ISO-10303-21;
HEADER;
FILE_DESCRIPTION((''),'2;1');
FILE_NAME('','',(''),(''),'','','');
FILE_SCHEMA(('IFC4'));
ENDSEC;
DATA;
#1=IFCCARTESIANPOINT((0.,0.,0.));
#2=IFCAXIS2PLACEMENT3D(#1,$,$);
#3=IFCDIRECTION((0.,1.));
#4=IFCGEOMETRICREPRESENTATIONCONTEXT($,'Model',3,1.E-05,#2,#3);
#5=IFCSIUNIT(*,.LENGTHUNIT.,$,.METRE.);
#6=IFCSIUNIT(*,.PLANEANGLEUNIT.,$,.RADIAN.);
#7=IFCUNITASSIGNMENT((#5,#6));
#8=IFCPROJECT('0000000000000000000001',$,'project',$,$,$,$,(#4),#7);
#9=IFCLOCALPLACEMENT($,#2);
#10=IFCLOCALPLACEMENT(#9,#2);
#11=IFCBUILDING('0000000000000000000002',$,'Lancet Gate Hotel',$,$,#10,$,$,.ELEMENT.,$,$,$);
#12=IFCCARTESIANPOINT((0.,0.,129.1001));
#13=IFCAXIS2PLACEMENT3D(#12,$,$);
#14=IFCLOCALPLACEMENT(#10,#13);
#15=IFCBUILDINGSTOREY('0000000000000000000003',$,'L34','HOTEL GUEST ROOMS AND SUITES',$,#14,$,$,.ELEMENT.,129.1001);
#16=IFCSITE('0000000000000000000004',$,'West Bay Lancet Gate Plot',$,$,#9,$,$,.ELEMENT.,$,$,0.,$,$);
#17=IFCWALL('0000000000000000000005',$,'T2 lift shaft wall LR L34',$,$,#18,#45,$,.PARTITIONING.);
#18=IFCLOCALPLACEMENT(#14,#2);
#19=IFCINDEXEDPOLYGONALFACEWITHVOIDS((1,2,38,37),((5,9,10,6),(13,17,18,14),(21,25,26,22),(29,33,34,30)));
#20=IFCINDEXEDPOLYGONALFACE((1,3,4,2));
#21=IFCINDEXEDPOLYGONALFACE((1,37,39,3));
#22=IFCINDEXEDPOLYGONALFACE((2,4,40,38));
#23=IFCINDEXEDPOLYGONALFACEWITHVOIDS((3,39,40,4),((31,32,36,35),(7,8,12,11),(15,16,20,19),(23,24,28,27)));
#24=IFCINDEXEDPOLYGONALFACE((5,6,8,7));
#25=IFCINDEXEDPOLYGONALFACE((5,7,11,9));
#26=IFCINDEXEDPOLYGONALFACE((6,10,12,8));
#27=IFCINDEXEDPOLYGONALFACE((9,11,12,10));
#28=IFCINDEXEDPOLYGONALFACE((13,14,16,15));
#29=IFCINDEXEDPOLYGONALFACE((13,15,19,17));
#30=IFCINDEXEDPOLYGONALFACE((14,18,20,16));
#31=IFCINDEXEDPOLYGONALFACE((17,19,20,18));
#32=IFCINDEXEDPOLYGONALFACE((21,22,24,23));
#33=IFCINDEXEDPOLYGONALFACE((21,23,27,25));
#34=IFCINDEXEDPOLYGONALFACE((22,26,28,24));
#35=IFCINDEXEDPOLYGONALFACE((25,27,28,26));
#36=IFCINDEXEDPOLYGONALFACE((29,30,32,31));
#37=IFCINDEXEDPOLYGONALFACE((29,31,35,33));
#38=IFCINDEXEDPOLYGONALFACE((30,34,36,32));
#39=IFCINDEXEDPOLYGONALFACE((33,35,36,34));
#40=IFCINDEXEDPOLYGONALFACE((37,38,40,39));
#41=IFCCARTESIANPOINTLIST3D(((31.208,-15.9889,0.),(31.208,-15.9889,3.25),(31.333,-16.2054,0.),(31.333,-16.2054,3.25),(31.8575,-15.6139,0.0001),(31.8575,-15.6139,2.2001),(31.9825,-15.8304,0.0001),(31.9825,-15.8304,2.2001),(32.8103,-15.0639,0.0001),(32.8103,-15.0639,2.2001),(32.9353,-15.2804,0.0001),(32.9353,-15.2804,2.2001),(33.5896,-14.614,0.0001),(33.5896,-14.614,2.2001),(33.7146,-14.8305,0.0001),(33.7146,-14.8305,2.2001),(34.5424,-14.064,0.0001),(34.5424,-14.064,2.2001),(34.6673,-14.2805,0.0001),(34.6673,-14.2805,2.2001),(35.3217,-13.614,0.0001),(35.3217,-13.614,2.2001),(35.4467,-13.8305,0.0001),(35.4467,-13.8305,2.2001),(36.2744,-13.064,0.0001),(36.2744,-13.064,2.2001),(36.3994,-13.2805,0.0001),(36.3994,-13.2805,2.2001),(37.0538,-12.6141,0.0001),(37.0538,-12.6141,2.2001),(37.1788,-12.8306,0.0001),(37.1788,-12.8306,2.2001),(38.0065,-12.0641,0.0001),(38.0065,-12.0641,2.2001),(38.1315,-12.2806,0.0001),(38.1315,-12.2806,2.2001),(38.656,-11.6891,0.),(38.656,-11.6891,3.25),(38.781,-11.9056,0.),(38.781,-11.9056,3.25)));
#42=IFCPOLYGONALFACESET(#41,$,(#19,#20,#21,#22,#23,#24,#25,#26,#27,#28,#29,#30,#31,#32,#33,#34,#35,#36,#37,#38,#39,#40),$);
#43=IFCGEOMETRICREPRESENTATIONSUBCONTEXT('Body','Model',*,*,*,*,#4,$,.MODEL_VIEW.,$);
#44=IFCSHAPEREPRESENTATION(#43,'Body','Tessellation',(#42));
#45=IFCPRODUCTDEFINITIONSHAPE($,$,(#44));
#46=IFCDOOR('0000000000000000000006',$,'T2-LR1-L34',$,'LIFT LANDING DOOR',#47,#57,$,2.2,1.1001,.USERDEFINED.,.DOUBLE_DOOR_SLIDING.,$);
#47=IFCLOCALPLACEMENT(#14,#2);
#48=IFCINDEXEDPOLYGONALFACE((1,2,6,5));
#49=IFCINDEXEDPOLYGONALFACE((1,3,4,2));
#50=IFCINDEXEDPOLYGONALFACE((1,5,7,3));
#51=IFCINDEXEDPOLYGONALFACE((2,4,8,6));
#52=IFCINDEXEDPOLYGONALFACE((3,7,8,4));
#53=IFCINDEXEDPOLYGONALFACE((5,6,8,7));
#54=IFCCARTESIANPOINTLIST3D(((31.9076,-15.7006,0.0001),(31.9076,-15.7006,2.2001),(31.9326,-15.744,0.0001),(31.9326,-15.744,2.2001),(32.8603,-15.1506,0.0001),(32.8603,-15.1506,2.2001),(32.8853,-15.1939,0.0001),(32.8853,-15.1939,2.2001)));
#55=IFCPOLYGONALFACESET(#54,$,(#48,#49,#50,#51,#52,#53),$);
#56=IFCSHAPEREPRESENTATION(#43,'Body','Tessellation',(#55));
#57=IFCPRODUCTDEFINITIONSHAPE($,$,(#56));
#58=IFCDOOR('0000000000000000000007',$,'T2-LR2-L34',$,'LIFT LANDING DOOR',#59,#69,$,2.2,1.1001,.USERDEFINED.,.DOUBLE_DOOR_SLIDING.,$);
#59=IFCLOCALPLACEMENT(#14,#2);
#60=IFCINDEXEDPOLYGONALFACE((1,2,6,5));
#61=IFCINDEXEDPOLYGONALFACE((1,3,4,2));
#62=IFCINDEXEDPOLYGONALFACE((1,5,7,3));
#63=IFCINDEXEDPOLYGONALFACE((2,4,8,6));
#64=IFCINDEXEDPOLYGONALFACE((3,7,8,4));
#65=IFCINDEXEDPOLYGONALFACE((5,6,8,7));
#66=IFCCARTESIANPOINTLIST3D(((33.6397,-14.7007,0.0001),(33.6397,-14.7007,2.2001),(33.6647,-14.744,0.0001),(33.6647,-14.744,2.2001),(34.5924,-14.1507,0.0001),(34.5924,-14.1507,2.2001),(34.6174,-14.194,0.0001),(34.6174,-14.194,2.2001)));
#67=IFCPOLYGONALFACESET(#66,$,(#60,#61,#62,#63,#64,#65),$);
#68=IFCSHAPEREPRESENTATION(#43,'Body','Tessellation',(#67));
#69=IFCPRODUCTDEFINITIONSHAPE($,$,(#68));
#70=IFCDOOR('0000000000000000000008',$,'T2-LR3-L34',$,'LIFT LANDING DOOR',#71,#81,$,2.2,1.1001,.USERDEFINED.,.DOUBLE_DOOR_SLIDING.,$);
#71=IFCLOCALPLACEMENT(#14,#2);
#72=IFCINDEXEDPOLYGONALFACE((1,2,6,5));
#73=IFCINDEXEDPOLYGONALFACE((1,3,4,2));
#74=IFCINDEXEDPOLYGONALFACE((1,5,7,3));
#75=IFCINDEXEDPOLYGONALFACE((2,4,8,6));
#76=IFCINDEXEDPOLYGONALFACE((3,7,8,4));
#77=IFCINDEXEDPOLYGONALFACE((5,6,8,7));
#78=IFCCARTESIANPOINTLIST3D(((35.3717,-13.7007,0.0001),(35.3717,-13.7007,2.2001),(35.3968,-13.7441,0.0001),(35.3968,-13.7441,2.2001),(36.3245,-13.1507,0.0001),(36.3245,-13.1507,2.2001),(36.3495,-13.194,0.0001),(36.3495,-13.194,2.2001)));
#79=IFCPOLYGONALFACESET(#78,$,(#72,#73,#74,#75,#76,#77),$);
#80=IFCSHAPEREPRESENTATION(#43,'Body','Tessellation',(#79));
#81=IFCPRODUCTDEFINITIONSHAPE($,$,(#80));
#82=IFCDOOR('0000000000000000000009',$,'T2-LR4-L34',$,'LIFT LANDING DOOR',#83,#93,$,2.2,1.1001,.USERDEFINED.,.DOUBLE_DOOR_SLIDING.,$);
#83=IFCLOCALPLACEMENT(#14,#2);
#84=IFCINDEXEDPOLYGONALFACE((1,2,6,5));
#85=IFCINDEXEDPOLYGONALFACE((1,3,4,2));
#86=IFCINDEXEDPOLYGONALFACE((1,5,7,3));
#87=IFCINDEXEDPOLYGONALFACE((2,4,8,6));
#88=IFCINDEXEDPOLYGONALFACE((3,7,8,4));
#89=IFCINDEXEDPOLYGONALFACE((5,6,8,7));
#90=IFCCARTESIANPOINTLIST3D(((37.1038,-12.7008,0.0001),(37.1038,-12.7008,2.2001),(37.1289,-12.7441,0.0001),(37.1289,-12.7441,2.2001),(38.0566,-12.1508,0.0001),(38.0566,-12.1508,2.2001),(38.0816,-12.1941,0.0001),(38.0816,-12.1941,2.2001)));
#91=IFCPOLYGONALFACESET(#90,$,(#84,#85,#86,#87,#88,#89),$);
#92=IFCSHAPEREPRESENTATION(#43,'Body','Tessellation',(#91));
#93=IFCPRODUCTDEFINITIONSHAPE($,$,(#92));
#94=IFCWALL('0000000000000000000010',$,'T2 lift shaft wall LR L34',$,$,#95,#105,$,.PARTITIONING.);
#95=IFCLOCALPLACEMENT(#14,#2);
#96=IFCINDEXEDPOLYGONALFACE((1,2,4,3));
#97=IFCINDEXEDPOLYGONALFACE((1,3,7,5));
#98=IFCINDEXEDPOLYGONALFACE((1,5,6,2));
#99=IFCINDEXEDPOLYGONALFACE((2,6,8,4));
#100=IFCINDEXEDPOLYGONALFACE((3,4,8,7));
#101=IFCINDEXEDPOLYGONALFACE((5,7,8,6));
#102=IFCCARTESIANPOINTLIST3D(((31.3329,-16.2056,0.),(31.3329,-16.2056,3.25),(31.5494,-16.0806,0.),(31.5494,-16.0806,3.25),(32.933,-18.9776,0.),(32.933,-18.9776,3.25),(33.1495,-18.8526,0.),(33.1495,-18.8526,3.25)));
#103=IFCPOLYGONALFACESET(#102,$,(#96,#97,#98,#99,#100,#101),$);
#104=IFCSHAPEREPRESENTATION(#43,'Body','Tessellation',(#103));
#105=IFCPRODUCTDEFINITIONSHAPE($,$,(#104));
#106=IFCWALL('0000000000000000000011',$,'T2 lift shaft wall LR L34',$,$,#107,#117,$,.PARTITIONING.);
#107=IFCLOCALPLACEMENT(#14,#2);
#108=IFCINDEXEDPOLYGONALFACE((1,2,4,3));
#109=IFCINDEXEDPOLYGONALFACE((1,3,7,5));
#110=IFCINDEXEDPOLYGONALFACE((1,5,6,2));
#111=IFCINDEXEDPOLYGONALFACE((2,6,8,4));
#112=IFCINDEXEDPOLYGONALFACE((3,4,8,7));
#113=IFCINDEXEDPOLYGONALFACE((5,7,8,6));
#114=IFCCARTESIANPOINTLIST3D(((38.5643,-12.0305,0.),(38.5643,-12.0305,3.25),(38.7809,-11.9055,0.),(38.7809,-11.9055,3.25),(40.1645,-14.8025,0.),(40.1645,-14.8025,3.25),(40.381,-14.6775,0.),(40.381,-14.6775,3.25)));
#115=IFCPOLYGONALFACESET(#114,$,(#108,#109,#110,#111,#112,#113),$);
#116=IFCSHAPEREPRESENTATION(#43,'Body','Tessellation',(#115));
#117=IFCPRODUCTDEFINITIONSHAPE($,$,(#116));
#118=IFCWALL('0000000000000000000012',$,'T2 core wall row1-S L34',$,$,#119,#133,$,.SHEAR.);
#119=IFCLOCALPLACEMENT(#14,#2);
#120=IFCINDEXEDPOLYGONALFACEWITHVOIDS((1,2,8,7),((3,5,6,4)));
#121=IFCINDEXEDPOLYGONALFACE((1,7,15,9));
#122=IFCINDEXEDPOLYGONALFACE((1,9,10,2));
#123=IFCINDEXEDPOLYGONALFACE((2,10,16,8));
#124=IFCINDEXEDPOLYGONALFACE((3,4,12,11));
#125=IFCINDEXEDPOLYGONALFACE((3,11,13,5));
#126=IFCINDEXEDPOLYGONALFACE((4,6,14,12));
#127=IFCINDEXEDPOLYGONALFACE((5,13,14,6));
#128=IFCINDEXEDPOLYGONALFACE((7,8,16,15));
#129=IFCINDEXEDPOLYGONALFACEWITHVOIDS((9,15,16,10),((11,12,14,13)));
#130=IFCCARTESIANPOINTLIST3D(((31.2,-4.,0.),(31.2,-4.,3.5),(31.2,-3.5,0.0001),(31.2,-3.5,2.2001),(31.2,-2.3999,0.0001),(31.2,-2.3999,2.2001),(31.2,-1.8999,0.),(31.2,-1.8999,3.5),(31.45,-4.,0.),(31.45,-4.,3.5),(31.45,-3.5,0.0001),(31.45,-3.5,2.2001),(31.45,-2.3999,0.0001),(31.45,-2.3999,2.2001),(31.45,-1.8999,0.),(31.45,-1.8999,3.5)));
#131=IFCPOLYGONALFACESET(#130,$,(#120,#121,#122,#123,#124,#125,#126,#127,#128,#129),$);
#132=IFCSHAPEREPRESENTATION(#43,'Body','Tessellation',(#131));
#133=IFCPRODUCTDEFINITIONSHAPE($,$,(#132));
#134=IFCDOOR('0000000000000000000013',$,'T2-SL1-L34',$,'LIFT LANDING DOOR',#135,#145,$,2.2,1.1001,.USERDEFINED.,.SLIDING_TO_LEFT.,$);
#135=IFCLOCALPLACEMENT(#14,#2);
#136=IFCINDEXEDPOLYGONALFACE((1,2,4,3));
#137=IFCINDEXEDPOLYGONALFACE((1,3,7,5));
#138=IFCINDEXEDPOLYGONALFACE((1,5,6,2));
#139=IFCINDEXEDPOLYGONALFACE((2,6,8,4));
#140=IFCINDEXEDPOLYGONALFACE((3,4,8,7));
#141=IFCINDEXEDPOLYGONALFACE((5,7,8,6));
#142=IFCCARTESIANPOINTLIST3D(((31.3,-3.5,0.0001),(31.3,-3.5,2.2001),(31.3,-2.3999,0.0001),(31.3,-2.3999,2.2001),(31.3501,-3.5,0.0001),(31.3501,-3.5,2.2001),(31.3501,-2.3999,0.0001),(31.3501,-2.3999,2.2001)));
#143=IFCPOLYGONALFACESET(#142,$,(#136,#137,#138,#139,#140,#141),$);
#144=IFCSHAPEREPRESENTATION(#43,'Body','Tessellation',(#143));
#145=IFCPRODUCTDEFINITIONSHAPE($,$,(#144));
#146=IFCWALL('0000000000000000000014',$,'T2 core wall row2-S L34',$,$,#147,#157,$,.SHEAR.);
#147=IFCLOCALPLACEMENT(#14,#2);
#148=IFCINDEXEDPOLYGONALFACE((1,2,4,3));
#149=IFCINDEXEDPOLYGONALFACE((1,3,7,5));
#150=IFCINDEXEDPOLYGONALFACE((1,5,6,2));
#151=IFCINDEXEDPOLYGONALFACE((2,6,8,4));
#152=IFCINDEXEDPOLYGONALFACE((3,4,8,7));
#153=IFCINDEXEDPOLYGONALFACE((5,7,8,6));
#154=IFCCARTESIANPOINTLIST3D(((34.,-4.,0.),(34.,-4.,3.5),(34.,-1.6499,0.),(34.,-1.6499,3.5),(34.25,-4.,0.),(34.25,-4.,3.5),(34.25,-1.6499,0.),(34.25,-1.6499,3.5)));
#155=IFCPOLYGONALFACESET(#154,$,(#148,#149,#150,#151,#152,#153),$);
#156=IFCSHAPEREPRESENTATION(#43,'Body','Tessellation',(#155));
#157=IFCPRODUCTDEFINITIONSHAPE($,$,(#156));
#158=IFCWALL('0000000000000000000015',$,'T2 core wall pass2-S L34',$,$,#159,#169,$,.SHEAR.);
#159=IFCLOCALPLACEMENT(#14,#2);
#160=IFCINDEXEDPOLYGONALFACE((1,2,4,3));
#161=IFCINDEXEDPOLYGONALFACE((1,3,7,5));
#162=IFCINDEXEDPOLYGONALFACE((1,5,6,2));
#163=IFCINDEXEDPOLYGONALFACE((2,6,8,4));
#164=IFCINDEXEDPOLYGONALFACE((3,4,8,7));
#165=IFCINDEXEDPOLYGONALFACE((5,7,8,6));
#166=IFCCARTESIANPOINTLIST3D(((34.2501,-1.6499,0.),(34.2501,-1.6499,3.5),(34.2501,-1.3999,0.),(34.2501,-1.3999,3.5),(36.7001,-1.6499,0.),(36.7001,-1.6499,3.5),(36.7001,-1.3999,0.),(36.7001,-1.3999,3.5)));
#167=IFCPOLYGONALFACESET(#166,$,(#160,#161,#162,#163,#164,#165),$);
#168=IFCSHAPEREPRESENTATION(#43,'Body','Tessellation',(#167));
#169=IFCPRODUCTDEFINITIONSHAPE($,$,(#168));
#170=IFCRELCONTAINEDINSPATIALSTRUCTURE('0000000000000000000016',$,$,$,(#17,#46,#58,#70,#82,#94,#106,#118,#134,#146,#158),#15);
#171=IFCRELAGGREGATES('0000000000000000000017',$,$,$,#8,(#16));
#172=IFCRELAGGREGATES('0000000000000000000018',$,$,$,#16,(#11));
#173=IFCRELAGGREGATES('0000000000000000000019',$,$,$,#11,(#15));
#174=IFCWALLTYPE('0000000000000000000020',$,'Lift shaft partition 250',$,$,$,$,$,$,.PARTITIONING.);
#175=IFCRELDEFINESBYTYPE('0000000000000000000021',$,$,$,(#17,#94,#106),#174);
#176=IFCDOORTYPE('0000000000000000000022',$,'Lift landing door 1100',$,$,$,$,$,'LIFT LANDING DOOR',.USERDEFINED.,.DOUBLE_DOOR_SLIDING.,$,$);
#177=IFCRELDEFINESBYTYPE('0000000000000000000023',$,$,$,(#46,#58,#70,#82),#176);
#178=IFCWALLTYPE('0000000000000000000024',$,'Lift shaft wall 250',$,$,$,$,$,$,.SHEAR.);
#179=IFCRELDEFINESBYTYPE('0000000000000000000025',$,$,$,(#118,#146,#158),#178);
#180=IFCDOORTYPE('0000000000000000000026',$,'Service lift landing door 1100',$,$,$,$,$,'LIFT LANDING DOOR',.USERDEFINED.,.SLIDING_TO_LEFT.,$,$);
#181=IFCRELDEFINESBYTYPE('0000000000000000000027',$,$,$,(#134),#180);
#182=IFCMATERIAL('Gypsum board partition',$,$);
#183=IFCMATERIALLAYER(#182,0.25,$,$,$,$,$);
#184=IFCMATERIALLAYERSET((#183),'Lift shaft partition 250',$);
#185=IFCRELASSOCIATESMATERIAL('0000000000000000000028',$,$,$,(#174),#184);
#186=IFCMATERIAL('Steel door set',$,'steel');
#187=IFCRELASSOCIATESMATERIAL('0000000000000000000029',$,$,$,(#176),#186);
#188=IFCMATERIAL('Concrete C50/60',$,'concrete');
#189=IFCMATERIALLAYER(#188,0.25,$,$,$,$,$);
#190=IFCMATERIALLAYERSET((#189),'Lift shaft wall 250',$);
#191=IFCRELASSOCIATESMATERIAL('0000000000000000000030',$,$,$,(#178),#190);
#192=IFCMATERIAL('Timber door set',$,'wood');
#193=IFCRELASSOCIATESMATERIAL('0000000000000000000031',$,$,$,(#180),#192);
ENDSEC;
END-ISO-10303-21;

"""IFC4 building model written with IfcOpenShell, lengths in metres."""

from ifc_helpers import new_model, si_unit, direction, frame, frame_2d, origin, place, context, subcontext, project, spatial, rectangle, extrude, material, layer, layer_set, type_object, element, fill, save


model = new_model("IFC4")

# Units and contexts
model_context = context("Model", 3, precision=1e-05, world=origin(), true_north=direction((0.0, 1.0)))
body_context = subcontext(model_context, "Body", "Model", "MODEL_VIEW")
ifc_project = project(units=[si_unit("LENGTHUNIT", "METRE"), si_unit("PLANEANGLEUNIT", "RADIAN")], contexts=[model_context])

# Site, building, storey
site_placement = place(None, origin())
site = spatial("IfcSite", under=ifc_project, at=site_placement, Name="West Bay Lancet Gate Plot", CompositionType="ELEMENT", RefElevation=0.0)
building_placement = place(site_placement, origin())
building = spatial("IfcBuilding", under=site, at=building_placement, Name="Lancet Gate Hotel", CompositionType="ELEMENT")
storey_placement = place(building_placement, frame((0.0, 0.0, 129.1001)))
storey = spatial("IfcBuildingStorey", under=building, at=storey_placement, Name="L34", Description="HOTEL GUEST ROOMS AND SUITES", CompositionType="ELEMENT", Elevation=129.1001)

# Wall, openings, doors
ifc_material_1 = material(Name="Gypsum board partition")
ifc_layer_1 = layer(ifc_material_1, 0.25)
ifc_layer_set_1 = layer_set([ifc_layer_1], Name="Lift shaft partition 250")
wall_type_1 = type_object("IfcWallType", Name="Lift shaft partition 250", PredefinedType="PARTITIONING", material=ifc_layer_set_1)
wall_1_placement = place(storey_placement, frame((31.2705, -16.0972, 0.0), z_axis=(0.0, 0.0, 1.0), x_axis=(0.86604, 0.499974, 0.0)))
wall_1 = element("IfcWall", 1, at=wall_1_placement, inside=storey, type_object=wall_type_1, Name="T2 lift shaft wall LR L34", PredefinedType="PARTITIONING", context=body_context, shape_type="SweptSolid", body=[
    extrude(rectangle(XDim=8.6001, YDim=0.25, at=frame_2d((4.3, 0.0))), origin(), (0.0, 0.0, 1.0), 3.25),
])
opening_1_placement = place(wall_1_placement, frame((0.75, 0.0, 0.0)))
opening_1 = element("IfcOpeningElement", 2, at=opening_1_placement, cuts=wall_1, PredefinedType="OPENING", context=body_context, shape_type="SweptSolid", body=[
    extrude(rectangle(XDim=1.1001, YDim=2.2, at=frame_2d((0.55, 1.1001))), frame((0.0, 0.135, 0.0), z_axis=(0.0, -1.0, 0.0), x_axis=(1.0, 0.0, 0.0)), (0.0, 0.0, 1.0), 0.27),
])
opening_2_placement = place(wall_1_placement, frame((2.75, 0.0, 0.0)))
opening_2 = element("IfcOpeningElement", 3, at=opening_2_placement, cuts=wall_1, PredefinedType="OPENING", context=body_context, shape_type="SweptSolid", body=[
    extrude(rectangle(XDim=1.1001, YDim=2.2, at=frame_2d((0.55, 1.1001))), frame((0.0, 0.135, 0.0), z_axis=(0.0, -1.0, 0.0), x_axis=(1.0, 0.0, 0.0)), (0.0, 0.0, 1.0), 0.27),
])
opening_3_placement = place(wall_1_placement, frame((4.75, 0.0, 0.0)))
opening_3 = element("IfcOpeningElement", 4, at=opening_3_placement, cuts=wall_1, PredefinedType="OPENING", context=body_context, shape_type="SweptSolid", body=[
    extrude(rectangle(XDim=1.1001, YDim=2.2, at=frame_2d((0.55, 1.1001))), frame((0.0, 0.135, 0.0), z_axis=(0.0, -1.0, 0.0), x_axis=(1.0, 0.0, 0.0)), (0.0, 0.0, 1.0), 0.27),
])
opening_4_placement = place(wall_1_placement, frame((6.75, 0.0, 0.0)))
opening_4 = element("IfcOpeningElement", 5, at=opening_4_placement, cuts=wall_1, PredefinedType="OPENING", context=body_context, shape_type="SweptSolid", body=[
    extrude(rectangle(XDim=1.1001, YDim=2.2, at=frame_2d((0.55, 1.1001))), frame((0.0, 0.135, 0.0), z_axis=(0.0, -1.0, 0.0), x_axis=(1.0, 0.0, 0.0)), (0.0, 0.0, 1.0), 0.27),
])
ifc_material_2 = material(Name="Steel door set", Category="steel")
door_type_1 = type_object("IfcDoorType", Name="Lift landing door 1100", ElementType="LIFT LANDING DOOR", OperationType="DOUBLE_DOOR_SLIDING", PredefinedType="USERDEFINED", material=ifc_material_2)
door_1_placement = place(opening_1_placement, origin())
door_1 = element("IfcDoor", 6, at=door_1_placement, inside=storey, type_object=door_type_1, Name="T2-LR1-L34", ObjectType="LIFT LANDING DOOR", OperationType="DOUBLE_DOOR_SLIDING", OverallHeight=2.2, OverallWidth=1.1001, PredefinedType="USERDEFINED", context=body_context, shape_type="SweptSolid", body=[
    extrude(rectangle(XDim=1.1001, YDim=2.2, at=frame_2d((0.55, 1.1001))), frame((0.0, 0.0249, 0.0), z_axis=(0.0, -1.0, 0.0), x_axis=(1.0, 0.0, 0.0)), (0.0, 0.0, 1.0), 0.05),
])
fill(opening_1, door_1)
door_2_placement = place(opening_2_placement, origin())
door_2 = element("IfcDoor", 7, at=door_2_placement, inside=storey, type_object=door_type_1, Name="T2-LR2-L34", ObjectType="LIFT LANDING DOOR", OperationType="DOUBLE_DOOR_SLIDING", OverallHeight=2.2, OverallWidth=1.1001, PredefinedType="USERDEFINED", context=body_context, shape_type="SweptSolid", body=[
    extrude(rectangle(XDim=1.1001, YDim=2.2, at=frame_2d((0.55, 1.1001))), frame((0.0, 0.0249, 0.0), z_axis=(0.0, -1.0, 0.0), x_axis=(1.0, 0.0, 0.0)), (0.0, 0.0, 1.0), 0.05),
])
fill(opening_2, door_2)
door_3_placement = place(opening_3_placement, origin())
door_3 = element("IfcDoor", 8, at=door_3_placement, inside=storey, type_object=door_type_1, Name="T2-LR3-L34", ObjectType="LIFT LANDING DOOR", OperationType="DOUBLE_DOOR_SLIDING", OverallHeight=2.2, OverallWidth=1.1001, PredefinedType="USERDEFINED", context=body_context, shape_type="SweptSolid", body=[
    extrude(rectangle(XDim=1.1001, YDim=2.2, at=frame_2d((0.55, 1.1001))), frame((0.0, 0.0249, 0.0), z_axis=(0.0, -1.0, 0.0), x_axis=(1.0, 0.0, 0.0)), (0.0, 0.0, 1.0), 0.05),
])
fill(opening_3, door_3)
door_4_placement = place(opening_4_placement, origin())
door_4 = element("IfcDoor", 9, at=door_4_placement, inside=storey, type_object=door_type_1, Name="T2-LR4-L34", ObjectType="LIFT LANDING DOOR", OperationType="DOUBLE_DOOR_SLIDING", OverallHeight=2.2, OverallWidth=1.1001, PredefinedType="USERDEFINED", context=body_context, shape_type="SweptSolid", body=[
    extrude(rectangle(XDim=1.1001, YDim=2.2, at=frame_2d((0.55, 1.1001))), frame((0.0, 0.0249, 0.0), z_axis=(0.0, -1.0, 0.0), x_axis=(1.0, 0.0, 0.0)), (0.0, 0.0, 1.0), 0.05),
])
fill(opening_4, door_4)

# Walls
for number, where, z_axis, x_axis, name in (
    (10, (31.4412, -16.1431, 0.0), (0.0, 0.0, 1.0), (0.499929, -0.866066, 0.0), "T2 lift shaft wall LR L34"),
    (11, (38.6726, -11.968, 0.0), (0.0, 0.0, 1.0), (0.499929, -0.866066, 0.0), "T2 lift shaft wall LR L34"),
):
    element("IfcWall", number, at=place(storey_placement, frame(where, z_axis=z_axis, x_axis=x_axis)), inside=storey, type_object=wall_type_1, Name=name, PredefinedType="PARTITIONING", context=body_context, shape_type="SweptSolid", body=[
        extrude(rectangle(XDim=3.2007, YDim=0.25, at=frame_2d((1.6003, 0.0))), origin(), (0.0, 0.0, 1.0), 3.25),
    ])

# Wall, opening, door
ifc_material_3 = material(Name="Concrete C50/60", Category="concrete")
ifc_layer_2 = layer(ifc_material_3, 0.25)
ifc_layer_set_2 = layer_set([ifc_layer_2], Name="Lift shaft wall 250")
wall_type_2 = type_object("IfcWallType", Name="Lift shaft wall 250", PredefinedType="SHEAR", material=ifc_layer_set_2)
wall_2_placement = place(storey_placement, frame((31.325, -4.0, 0.0), z_axis=(0.0, 0.0, 1.0), x_axis=(0.0, 1.0, 0.0)))
wall_2 = element("IfcWall", 12, at=wall_2_placement, inside=storey, type_object=wall_type_2, Name="T2 core wall row1-S L34", PredefinedType="SHEAR", context=body_context, shape_type="SweptSolid", body=[
    extrude(rectangle(XDim=2.1001, YDim=0.25, at=frame_2d((1.05, 0.0))), origin(), (0.0, 0.0, 1.0), 3.5),
])
opening_5_placement = place(wall_2_placement, frame((0.5, 0.0, 0.0)))
opening_5 = element("IfcOpeningElement", 13, at=opening_5_placement, cuts=wall_2, PredefinedType="OPENING", context=body_context, shape_type="SweptSolid", body=[
    extrude(rectangle(XDim=1.1001, YDim=2.2, at=frame_2d((0.55, 1.1001))), frame((0.0, 0.135, 0.0), z_axis=(0.0, -1.0, 0.0), x_axis=(1.0, 0.0, 0.0)), (0.0, 0.0, 1.0), 0.27),
])
ifc_material_4 = material(Name="Timber door set", Category="wood")
door_type_2 = type_object("IfcDoorType", Name="Service lift landing door 1100", ElementType="LIFT LANDING DOOR", OperationType="SLIDING_TO_LEFT", PredefinedType="USERDEFINED", material=ifc_material_4)
door_5_placement = place(opening_5_placement, origin())
door_5 = element("IfcDoor", 14, at=door_5_placement, inside=storey, type_object=door_type_2, Name="T2-SL1-L34", ObjectType="LIFT LANDING DOOR", OperationType="SLIDING_TO_LEFT", OverallHeight=2.2, OverallWidth=1.1001, PredefinedType="USERDEFINED", context=body_context, shape_type="SweptSolid", body=[
    extrude(rectangle(XDim=1.1001, YDim=2.2, at=frame_2d((0.55, 1.1001))), frame((0.0, 0.0249, 0.0), z_axis=(0.0, -1.0, 0.0), x_axis=(1.0, 0.0, 0.0)), (0.0, 0.0, 1.0), 0.05),
])
fill(opening_5, door_5)

# Walls
wall_3_placement = place(storey_placement, frame((34.125, -4.0, 0.0), z_axis=(0.0, 0.0, 1.0), x_axis=(0.0, 1.0, 0.0)))
element("IfcWall", 15, at=wall_3_placement, inside=storey, type_object=wall_type_2, Name="T2 core wall row2-S L34", PredefinedType="SHEAR", context=body_context, shape_type="SweptSolid", body=[
    extrude(rectangle(XDim=2.3501, YDim=0.25, at=frame_2d((1.175, 0.0))), origin(), (0.0, 0.0, 1.0), 3.5),
])
wall_4_placement = place(storey_placement, frame((34.25, -1.5249, 0.0), z_axis=(0.0, 0.0, 1.0), x_axis=(1.0, 0.0, 0.0)))
element("IfcWall", 16, at=wall_4_placement, inside=storey, type_object=wall_type_2, Name="T2 core wall pass2-S L34", PredefinedType="SHEAR", context=body_context, shape_type="SweptSolid", body=[
    extrude(rectangle(XDim=2.45, YDim=0.25, at=frame_2d((1.2251, 0.0))), origin(), (0.0, 0.0, 1.0), 3.5),
])

save(model, "model.ifc")
